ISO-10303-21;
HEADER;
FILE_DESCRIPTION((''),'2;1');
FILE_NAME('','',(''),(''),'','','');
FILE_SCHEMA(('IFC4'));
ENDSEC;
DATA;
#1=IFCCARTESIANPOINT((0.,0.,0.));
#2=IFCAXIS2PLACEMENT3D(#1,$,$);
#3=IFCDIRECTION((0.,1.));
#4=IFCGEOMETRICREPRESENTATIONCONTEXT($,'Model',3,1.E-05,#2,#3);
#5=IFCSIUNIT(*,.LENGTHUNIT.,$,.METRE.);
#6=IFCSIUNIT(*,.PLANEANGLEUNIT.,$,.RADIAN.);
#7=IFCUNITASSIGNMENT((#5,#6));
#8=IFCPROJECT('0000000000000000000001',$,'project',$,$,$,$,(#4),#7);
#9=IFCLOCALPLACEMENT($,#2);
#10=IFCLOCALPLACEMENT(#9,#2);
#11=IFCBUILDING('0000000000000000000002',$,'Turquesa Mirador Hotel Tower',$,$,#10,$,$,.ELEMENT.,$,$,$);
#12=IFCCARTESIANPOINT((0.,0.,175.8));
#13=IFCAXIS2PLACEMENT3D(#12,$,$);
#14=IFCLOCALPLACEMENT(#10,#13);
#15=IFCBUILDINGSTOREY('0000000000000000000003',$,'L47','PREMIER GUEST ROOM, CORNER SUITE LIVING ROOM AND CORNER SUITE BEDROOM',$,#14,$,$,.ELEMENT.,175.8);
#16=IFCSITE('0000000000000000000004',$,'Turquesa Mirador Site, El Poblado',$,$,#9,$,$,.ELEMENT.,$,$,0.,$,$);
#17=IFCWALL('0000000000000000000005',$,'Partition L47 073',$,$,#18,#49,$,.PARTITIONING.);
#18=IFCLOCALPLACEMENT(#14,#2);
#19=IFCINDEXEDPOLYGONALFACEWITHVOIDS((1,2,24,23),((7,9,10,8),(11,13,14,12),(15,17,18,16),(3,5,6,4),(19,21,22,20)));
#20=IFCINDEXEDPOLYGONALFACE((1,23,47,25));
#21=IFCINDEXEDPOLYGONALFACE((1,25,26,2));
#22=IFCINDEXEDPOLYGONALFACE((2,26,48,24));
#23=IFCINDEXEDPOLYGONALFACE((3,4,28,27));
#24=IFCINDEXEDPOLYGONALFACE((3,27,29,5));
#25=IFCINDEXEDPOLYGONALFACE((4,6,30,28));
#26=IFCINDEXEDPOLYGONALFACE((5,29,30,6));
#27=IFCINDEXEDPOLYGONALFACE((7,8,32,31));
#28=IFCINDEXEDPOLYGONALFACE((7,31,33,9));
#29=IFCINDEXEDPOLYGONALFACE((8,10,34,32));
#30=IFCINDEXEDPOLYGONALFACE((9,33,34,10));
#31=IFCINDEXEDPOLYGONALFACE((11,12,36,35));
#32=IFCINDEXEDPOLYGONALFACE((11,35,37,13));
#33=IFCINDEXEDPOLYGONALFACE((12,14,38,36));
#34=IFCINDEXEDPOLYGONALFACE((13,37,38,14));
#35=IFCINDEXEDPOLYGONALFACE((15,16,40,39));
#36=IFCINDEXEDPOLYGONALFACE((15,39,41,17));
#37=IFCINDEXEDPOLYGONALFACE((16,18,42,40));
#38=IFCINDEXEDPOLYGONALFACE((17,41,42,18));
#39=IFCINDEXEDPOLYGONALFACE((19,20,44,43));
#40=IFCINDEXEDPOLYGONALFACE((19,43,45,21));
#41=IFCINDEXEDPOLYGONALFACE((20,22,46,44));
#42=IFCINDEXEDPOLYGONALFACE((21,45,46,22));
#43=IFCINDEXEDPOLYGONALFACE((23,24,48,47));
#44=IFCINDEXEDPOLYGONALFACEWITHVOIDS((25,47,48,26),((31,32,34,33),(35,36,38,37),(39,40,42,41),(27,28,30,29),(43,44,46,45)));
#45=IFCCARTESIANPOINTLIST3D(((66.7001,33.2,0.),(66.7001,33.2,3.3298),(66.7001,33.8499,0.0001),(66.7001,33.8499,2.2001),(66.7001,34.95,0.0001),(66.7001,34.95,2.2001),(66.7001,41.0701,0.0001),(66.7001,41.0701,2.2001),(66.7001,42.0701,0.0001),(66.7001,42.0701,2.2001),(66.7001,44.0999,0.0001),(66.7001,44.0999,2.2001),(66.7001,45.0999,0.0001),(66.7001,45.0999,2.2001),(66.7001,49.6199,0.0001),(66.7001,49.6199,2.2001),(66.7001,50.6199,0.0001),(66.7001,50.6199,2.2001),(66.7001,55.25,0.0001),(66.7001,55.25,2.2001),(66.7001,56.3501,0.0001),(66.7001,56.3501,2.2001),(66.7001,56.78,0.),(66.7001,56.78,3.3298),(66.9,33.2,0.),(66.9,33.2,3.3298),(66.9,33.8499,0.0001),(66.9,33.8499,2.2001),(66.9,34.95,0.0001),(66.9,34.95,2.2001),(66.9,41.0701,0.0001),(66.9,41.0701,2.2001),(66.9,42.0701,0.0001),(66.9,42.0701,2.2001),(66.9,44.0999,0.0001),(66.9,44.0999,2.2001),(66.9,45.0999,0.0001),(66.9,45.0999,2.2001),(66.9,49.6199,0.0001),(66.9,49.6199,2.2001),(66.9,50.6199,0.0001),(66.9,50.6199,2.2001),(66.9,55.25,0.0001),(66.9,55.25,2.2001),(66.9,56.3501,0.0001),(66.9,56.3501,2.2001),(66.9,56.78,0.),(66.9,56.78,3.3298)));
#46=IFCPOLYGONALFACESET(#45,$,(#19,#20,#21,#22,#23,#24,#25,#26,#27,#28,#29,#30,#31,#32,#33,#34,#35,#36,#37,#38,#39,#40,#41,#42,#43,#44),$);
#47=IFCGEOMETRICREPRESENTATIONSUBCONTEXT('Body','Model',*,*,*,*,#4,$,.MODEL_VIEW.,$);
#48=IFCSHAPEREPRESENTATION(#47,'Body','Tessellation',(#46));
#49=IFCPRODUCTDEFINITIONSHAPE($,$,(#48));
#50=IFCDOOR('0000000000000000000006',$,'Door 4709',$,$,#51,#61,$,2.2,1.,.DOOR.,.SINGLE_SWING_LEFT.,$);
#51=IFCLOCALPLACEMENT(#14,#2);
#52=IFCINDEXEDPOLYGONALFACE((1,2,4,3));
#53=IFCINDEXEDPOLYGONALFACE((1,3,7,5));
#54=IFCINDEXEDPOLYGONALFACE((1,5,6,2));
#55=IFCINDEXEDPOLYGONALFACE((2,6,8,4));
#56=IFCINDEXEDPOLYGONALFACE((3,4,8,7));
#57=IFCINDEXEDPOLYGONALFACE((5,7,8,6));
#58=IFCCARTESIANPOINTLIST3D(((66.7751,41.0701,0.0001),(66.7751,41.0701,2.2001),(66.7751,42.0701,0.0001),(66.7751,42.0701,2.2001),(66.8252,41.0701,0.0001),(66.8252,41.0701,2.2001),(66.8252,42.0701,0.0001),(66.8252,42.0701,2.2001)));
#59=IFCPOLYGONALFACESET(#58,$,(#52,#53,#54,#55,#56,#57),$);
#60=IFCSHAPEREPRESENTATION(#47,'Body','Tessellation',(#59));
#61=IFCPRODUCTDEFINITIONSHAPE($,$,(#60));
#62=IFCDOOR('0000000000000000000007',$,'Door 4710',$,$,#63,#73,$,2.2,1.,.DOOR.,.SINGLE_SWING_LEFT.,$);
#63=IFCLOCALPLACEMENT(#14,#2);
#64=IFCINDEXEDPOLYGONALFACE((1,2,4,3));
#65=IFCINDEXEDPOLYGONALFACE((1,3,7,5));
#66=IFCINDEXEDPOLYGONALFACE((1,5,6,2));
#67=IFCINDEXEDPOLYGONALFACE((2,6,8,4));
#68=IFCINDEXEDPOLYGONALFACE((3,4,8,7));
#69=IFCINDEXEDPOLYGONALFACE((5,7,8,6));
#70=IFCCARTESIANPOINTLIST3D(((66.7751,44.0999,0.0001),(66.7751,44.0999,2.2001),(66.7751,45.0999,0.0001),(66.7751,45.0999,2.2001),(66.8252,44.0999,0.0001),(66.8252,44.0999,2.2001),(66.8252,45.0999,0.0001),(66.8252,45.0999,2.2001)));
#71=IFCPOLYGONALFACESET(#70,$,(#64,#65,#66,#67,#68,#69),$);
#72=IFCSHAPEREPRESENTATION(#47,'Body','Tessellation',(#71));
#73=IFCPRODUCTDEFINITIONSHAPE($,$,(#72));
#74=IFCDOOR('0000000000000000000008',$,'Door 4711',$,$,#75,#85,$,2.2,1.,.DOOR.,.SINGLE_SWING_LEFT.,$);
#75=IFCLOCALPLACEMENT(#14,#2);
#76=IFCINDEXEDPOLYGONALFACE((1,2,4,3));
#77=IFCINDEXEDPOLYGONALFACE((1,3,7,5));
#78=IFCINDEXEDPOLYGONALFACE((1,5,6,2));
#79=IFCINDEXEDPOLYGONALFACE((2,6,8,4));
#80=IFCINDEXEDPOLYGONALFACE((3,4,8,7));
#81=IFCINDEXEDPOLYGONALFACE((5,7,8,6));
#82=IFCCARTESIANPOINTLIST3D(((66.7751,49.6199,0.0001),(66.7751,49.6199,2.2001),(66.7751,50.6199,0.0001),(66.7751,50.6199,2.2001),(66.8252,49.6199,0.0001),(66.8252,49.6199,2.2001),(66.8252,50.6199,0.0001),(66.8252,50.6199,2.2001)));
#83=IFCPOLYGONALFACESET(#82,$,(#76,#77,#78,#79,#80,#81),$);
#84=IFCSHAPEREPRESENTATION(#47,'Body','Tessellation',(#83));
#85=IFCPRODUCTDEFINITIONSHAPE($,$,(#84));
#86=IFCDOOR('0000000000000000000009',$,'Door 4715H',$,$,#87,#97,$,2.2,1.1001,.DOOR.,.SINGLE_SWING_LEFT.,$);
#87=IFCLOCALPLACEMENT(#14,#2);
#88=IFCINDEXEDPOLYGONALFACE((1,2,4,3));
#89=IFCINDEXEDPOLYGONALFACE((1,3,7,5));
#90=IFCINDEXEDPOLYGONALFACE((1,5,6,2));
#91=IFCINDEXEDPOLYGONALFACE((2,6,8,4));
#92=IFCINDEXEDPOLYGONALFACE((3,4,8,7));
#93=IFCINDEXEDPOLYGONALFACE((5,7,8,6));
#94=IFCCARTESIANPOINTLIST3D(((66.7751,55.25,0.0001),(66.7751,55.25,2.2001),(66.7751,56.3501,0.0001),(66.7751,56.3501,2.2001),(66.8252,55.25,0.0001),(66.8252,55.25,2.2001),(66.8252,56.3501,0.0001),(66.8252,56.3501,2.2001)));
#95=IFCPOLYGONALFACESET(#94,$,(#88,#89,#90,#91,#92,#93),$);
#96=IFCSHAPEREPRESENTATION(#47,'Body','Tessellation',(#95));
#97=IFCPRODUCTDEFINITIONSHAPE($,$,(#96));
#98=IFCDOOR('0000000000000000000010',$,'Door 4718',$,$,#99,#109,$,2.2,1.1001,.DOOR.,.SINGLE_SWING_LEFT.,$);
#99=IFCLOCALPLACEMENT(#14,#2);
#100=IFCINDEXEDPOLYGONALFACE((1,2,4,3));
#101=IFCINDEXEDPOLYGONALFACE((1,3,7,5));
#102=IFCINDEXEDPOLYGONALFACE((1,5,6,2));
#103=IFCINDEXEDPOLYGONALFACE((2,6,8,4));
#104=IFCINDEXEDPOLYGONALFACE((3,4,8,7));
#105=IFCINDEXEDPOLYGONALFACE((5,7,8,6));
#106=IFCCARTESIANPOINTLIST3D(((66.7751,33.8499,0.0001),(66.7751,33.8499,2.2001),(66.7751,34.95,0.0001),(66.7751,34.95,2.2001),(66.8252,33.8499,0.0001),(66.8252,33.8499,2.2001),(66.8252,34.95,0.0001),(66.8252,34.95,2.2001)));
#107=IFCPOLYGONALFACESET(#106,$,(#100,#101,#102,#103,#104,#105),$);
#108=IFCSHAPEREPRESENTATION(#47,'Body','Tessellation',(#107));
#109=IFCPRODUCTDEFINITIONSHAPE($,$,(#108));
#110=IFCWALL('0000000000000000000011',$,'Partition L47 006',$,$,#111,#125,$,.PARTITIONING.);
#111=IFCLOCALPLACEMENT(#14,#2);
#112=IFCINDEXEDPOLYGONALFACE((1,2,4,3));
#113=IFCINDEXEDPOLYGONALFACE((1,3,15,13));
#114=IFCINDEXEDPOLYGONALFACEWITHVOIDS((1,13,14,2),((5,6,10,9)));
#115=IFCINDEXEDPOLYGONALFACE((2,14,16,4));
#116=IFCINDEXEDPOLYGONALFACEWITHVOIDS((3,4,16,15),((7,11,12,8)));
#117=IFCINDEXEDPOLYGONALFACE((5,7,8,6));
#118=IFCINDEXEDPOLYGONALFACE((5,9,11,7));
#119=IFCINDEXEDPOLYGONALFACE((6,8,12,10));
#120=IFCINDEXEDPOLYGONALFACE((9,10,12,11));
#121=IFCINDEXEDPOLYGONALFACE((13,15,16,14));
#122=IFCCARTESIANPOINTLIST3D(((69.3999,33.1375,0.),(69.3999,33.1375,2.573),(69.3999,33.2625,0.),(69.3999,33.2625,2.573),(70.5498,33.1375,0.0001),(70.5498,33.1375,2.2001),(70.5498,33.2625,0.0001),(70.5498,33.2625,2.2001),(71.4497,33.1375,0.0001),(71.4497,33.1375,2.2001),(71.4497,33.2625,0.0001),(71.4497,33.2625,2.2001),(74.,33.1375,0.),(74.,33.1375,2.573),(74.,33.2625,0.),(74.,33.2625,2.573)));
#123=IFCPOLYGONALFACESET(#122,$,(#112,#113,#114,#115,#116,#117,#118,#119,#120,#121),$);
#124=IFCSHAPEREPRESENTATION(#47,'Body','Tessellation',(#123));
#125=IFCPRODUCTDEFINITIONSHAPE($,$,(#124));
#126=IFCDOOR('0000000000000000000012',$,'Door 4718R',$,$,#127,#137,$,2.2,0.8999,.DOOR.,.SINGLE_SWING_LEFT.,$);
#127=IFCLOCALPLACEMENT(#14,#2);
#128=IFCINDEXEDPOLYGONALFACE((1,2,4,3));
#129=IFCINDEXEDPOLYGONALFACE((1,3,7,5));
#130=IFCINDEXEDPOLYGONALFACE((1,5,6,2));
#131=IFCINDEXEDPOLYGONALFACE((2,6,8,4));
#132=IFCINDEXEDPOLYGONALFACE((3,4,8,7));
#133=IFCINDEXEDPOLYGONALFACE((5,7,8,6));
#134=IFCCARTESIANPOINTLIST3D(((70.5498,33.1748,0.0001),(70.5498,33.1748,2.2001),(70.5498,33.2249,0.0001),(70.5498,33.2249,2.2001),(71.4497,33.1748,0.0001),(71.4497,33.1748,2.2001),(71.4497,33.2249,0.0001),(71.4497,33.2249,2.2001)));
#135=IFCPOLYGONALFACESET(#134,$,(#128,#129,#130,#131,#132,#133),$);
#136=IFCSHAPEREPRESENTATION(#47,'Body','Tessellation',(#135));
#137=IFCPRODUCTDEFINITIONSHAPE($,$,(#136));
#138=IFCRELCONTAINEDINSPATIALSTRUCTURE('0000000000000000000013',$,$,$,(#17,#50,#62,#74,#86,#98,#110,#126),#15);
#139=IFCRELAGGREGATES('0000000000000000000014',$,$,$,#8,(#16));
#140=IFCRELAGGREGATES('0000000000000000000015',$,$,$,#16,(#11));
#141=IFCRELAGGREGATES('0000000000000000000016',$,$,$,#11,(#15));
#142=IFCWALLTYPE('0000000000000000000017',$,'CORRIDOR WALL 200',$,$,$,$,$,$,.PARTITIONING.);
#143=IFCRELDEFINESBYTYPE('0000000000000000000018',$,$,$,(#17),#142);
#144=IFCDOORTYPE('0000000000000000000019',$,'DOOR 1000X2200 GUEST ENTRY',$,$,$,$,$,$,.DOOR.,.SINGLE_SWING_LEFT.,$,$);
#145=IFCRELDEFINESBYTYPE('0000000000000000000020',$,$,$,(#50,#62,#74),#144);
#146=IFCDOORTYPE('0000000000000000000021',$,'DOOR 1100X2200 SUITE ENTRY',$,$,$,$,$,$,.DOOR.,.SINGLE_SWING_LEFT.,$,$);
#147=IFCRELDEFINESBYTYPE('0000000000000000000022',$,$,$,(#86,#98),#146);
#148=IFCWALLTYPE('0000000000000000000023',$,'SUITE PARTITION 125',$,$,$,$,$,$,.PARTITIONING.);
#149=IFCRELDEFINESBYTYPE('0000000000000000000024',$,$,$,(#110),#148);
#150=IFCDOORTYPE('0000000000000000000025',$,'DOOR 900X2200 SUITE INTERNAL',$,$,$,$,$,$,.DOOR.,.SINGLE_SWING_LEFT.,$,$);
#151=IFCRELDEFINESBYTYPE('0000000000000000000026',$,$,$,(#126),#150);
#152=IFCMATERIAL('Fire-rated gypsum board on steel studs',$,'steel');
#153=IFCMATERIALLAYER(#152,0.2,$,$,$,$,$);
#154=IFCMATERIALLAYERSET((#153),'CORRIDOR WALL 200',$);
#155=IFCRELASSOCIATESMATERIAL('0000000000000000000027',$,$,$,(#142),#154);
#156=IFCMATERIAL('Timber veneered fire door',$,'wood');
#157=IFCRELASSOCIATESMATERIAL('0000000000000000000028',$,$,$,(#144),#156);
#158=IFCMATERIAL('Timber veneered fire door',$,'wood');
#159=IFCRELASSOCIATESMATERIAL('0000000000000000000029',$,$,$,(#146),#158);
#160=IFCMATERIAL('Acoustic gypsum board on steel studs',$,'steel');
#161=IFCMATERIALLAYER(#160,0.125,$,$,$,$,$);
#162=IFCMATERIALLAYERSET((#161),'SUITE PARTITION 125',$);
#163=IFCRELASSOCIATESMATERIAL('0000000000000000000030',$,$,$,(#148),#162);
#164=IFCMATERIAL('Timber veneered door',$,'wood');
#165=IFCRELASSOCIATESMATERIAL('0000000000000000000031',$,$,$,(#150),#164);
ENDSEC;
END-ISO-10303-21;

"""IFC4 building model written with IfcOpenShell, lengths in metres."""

from ifc_helpers import new_model, si_unit, direction, frame, frame_2d, origin, place, context, subcontext, project, spatial, rectangle, extrude, material, layer, layer_set, type_object, element, fill, save


model = new_model("IFC4")

# Units and contexts
model_context = context("Model", 3, precision=1e-05, world=origin(), true_north=direction((0.0, 1.0)))
body_context = subcontext(model_context, "Body", "Model", "MODEL_VIEW")
ifc_project = project(units=[si_unit("LENGTHUNIT", "METRE"), si_unit("PLANEANGLEUNIT", "RADIAN")], contexts=[model_context])

# Site, building, storey
site_placement = place(None, origin())
site = spatial("IfcSite", under=ifc_project, at=site_placement, Name="Turquesa Mirador Site, El Poblado", CompositionType="ELEMENT", RefElevation=0.0)
building_placement = place(site_placement, origin())
building = spatial("IfcBuilding", under=site, at=building_placement, Name="Turquesa Mirador Hotel Tower", CompositionType="ELEMENT")
storey_placement = place(building_placement, frame((0.0, 0.0, 175.8)))
storey = spatial("IfcBuildingStorey", under=building, at=storey_placement, Name="L47", Description="PREMIER GUEST ROOM, CORNER SUITE LIVING ROOM AND CORNER SUITE BEDROOM", CompositionType="ELEMENT", Elevation=175.8)

# Wall, openings, doors
ifc_material_1 = material(Name="Fire-rated gypsum board on steel studs", Category="steel")
ifc_layer_1 = layer(ifc_material_1, 0.2)
ifc_layer_set_1 = layer_set([ifc_layer_1], Name="CORRIDOR WALL 200")
wall_type_1 = type_object("IfcWallType", Name="CORRIDOR WALL 200", PredefinedType="PARTITIONING", material=ifc_layer_set_1)
wall_1_placement = place(storey_placement, frame((66.8, 33.2, 0.0), z_axis=(0.0, 0.0, 1.0), x_axis=(0.0, 1.0, 0.0)))
wall_1 = element("IfcWall", 1, at=wall_1_placement, inside=storey, type_object=wall_type_1, Name="Partition L47 073", PredefinedType="PARTITIONING", context=body_context, shape_type="SweptSolid", body=[
    extrude(rectangle(XDim=23.5801, YDim=0.2, at=frame_2d((11.79, 0.0))), origin(), (0.0, 0.0, 1.0), 3.3298),
])
opening_1_placement = place(wall_1_placement, frame((7.8701, 0.0, 0.0)))
opening_1 = element("IfcOpeningElement", 2, at=opening_1_placement, cuts=wall_1, PredefinedType="OPENING", context=body_context, shape_type="SweptSolid", body=[
    extrude(rectangle(XDim=1.0, YDim=2.2, at=frame_2d((0.5, 1.1001))), frame((0.0, 0.1099, 0.0), z_axis=(0.0, -1.0, 0.0), x_axis=(1.0, 0.0, 0.0)), (0.0, 0.0, 1.0), 0.22),
])
opening_2_placement = place(wall_1_placement, frame((10.8999, 0.0, 0.0)))
opening_2 = element("IfcOpeningElement", 3, at=opening_2_placement, cuts=wall_1, PredefinedType="OPENING", context=body_context, shape_type="SweptSolid", body=[
    extrude(rectangle(XDim=1.0, YDim=2.2, at=frame_2d((0.5, 1.1001))), frame((0.0, 0.1099, 0.0), z_axis=(0.0, -1.0, 0.0), x_axis=(1.0, 0.0, 0.0)), (0.0, 0.0, 1.0), 0.22),
])
opening_3_placement = place(wall_1_placement, frame((16.4199, 0.0, 0.0)))
opening_3 = element("IfcOpeningElement", 4, at=opening_3_placement, cuts=wall_1, PredefinedType="OPENING", context=body_context, shape_type="SweptSolid", body=[
    extrude(rectangle(XDim=1.0, YDim=2.2, at=frame_2d((0.5, 1.1001))), frame((0.0, 0.1099, 0.0), z_axis=(0.0, -1.0, 0.0), x_axis=(1.0, 0.0, 0.0)), (0.0, 0.0, 1.0), 0.22),
])
opening_4_placement = place(wall_1_placement, frame((22.05, 0.0, 0.0)))
opening_4 = element("IfcOpeningElement", 5, at=opening_4_placement, cuts=wall_1, PredefinedType="OPENING", context=body_context, shape_type="SweptSolid", body=[
    extrude(rectangle(XDim=1.1001, YDim=2.2, at=frame_2d((0.55, 1.1001))), frame((0.0, 0.1099, 0.0), z_axis=(0.0, -1.0, 0.0), x_axis=(1.0, 0.0, 0.0)), (0.0, 0.0, 1.0), 0.22),
])
opening_5_placement = place(wall_1_placement, frame((0.6499, 0.0, 0.0)))
opening_5 = element("IfcOpeningElement", 6, at=opening_5_placement, cuts=wall_1, PredefinedType="OPENING", context=body_context, shape_type="SweptSolid", body=[
    extrude(rectangle(XDim=1.1001, YDim=2.2, at=frame_2d((0.55, 1.1001))), frame((0.0, 0.1099, 0.0), z_axis=(0.0, -1.0, 0.0), x_axis=(1.0, 0.0, 0.0)), (0.0, 0.0, 1.0), 0.22),
])
ifc_material_2 = material(Name="Timber veneered fire door", Category="wood")
door_type_1 = type_object("IfcDoorType", Name="DOOR 1000X2200 GUEST ENTRY", OperationType="SINGLE_SWING_LEFT", PredefinedType="DOOR", material=ifc_material_2)
door_1_placement = place(opening_1_placement, origin())
door_1 = element("IfcDoor", 7, at=door_1_placement, inside=storey, type_object=door_type_1, Name="Door 4709", OperationType="SINGLE_SWING_LEFT", OverallHeight=2.2, OverallWidth=1.0, PredefinedType="DOOR", context=body_context, shape_type="SweptSolid", body=[
    extrude(rectangle(XDim=1.0, YDim=2.2, at=frame_2d((0.5, 1.1001))), frame((0.0, 0.0249, 0.0), z_axis=(0.0, -1.0, 0.0), x_axis=(1.0, 0.0, 0.0)), (0.0, 0.0, 1.0), 0.05),
])
fill(opening_1, door_1)
door_2_placement = place(opening_2_placement, origin())
door_2 = element("IfcDoor", 8, at=door_2_placement, inside=storey, type_object=door_type_1, Name="Door 4710", OperationType="SINGLE_SWING_LEFT", OverallHeight=2.2, OverallWidth=1.0, PredefinedType="DOOR", context=body_context, shape_type="SweptSolid", body=[
    extrude(rectangle(XDim=1.0, YDim=2.2, at=frame_2d((0.5, 1.1001))), frame((0.0, 0.0249, 0.0), z_axis=(0.0, -1.0, 0.0), x_axis=(1.0, 0.0, 0.0)), (0.0, 0.0, 1.0), 0.05),
])
fill(opening_2, door_2)
door_3_placement = place(opening_3_placement, origin())
door_3 = element("IfcDoor", 9, at=door_3_placement, inside=storey, type_object=door_type_1, Name="Door 4711", OperationType="SINGLE_SWING_LEFT", OverallHeight=2.2, OverallWidth=1.0, PredefinedType="DOOR", context=body_context, shape_type="SweptSolid", body=[
    extrude(rectangle(XDim=1.0, YDim=2.2, at=frame_2d((0.5, 1.1001))), frame((0.0, 0.0249, 0.0), z_axis=(0.0, -1.0, 0.0), x_axis=(1.0, 0.0, 0.0)), (0.0, 0.0, 1.0), 0.05),
])
fill(opening_3, door_3)
ifc_material_3 = material(Name="Timber veneered fire door", Category="wood")
door_type_2 = type_object("IfcDoorType", Name="DOOR 1100X2200 SUITE ENTRY", OperationType="SINGLE_SWING_LEFT", PredefinedType="DOOR", material=ifc_material_3)
door_4_placement = place(opening_4_placement, origin())
door_4 = element("IfcDoor", 10, at=door_4_placement, inside=storey, type_object=door_type_2, Name="Door 4715H", OperationType="SINGLE_SWING_LEFT", OverallHeight=2.2, OverallWidth=1.1001, PredefinedType="DOOR", context=body_context, shape_type="SweptSolid", body=[
    extrude(rectangle(XDim=1.1001, YDim=2.2, at=frame_2d((0.55, 1.1001))), frame((0.0, 0.0249, 0.0), z_axis=(0.0, -1.0, 0.0), x_axis=(1.0, 0.0, 0.0)), (0.0, 0.0, 1.0), 0.05),
])
fill(opening_4, door_4)
door_5_placement = place(opening_5_placement, origin())
door_5 = element("IfcDoor", 11, at=door_5_placement, inside=storey, type_object=door_type_2, Name="Door 4718", OperationType="SINGLE_SWING_LEFT", OverallHeight=2.2, OverallWidth=1.1001, PredefinedType="DOOR", context=body_context, shape_type="SweptSolid", body=[
    extrude(rectangle(XDim=1.1001, YDim=2.2, at=frame_2d((0.55, 1.1001))), frame((0.0, 0.0249, 0.0), z_axis=(0.0, -1.0, 0.0), x_axis=(1.0, 0.0, 0.0)), (0.0, 0.0, 1.0), 0.05),
])
fill(opening_5, door_5)

# Wall, opening, door
ifc_material_4 = material(Name="Acoustic gypsum board on steel studs", Category="steel")
ifc_layer_2 = layer(ifc_material_4, 0.125)
ifc_layer_set_2 = layer_set([ifc_layer_2], Name="SUITE PARTITION 125")
wall_type_2 = type_object("IfcWallType", Name="SUITE PARTITION 125", PredefinedType="PARTITIONING", material=ifc_layer_set_2)
wall_2_placement = place(storey_placement, frame((69.3999, 33.2, 0.0), z_axis=(0.0, 0.0, 1.0), x_axis=(1.0, 0.0, 0.0)))
wall_2 = element("IfcWall", 12, at=wall_2_placement, inside=storey, type_object=wall_type_2, Name="Partition L47 006", PredefinedType="PARTITIONING", context=body_context, shape_type="SweptSolid", body=[
    extrude(rectangle(XDim=4.6001, YDim=0.125, at=frame_2d((2.3, 0.0))), origin(), (0.0, 0.0, 1.0), 2.573),
])
opening_6_placement = place(wall_2_placement, frame((1.1499, 0.0, 0.0)))
opening_6 = element("IfcOpeningElement", 13, at=opening_6_placement, cuts=wall_2, PredefinedType="OPENING", context=body_context, shape_type="SweptSolid", body=[
    extrude(rectangle(XDim=0.8999, YDim=2.2, at=frame_2d((0.45, 1.1001))), frame((0.0, 0.0725, 0.0), z_axis=(0.0, -1.0, 0.0), x_axis=(1.0, 0.0, 0.0)), (0.0, 0.0, 1.0), 0.145),
])
ifc_material_5 = material(Name="Timber veneered door", Category="wood")
door_type_3 = type_object("IfcDoorType", Name="DOOR 900X2200 SUITE INTERNAL", OperationType="SINGLE_SWING_LEFT", PredefinedType="DOOR", material=ifc_material_5)
door_6_placement = place(opening_6_placement, origin())
door_6 = element("IfcDoor", 14, at=door_6_placement, inside=storey, type_object=door_type_3, Name="Door 4718R", OperationType="SINGLE_SWING_LEFT", OverallHeight=2.2, OverallWidth=0.8999, PredefinedType="DOOR", context=body_context, shape_type="SweptSolid", body=[
    extrude(rectangle(XDim=0.8999, YDim=2.2, at=frame_2d((0.45, 1.1001))), frame((0.0, 0.0249, 0.0), z_axis=(0.0, -1.0, 0.0), x_axis=(1.0, 0.0, 0.0)), (0.0, 0.0, 1.0), 0.05),
])
fill(opening_6, door_6)

save(model, "model.ifc")
